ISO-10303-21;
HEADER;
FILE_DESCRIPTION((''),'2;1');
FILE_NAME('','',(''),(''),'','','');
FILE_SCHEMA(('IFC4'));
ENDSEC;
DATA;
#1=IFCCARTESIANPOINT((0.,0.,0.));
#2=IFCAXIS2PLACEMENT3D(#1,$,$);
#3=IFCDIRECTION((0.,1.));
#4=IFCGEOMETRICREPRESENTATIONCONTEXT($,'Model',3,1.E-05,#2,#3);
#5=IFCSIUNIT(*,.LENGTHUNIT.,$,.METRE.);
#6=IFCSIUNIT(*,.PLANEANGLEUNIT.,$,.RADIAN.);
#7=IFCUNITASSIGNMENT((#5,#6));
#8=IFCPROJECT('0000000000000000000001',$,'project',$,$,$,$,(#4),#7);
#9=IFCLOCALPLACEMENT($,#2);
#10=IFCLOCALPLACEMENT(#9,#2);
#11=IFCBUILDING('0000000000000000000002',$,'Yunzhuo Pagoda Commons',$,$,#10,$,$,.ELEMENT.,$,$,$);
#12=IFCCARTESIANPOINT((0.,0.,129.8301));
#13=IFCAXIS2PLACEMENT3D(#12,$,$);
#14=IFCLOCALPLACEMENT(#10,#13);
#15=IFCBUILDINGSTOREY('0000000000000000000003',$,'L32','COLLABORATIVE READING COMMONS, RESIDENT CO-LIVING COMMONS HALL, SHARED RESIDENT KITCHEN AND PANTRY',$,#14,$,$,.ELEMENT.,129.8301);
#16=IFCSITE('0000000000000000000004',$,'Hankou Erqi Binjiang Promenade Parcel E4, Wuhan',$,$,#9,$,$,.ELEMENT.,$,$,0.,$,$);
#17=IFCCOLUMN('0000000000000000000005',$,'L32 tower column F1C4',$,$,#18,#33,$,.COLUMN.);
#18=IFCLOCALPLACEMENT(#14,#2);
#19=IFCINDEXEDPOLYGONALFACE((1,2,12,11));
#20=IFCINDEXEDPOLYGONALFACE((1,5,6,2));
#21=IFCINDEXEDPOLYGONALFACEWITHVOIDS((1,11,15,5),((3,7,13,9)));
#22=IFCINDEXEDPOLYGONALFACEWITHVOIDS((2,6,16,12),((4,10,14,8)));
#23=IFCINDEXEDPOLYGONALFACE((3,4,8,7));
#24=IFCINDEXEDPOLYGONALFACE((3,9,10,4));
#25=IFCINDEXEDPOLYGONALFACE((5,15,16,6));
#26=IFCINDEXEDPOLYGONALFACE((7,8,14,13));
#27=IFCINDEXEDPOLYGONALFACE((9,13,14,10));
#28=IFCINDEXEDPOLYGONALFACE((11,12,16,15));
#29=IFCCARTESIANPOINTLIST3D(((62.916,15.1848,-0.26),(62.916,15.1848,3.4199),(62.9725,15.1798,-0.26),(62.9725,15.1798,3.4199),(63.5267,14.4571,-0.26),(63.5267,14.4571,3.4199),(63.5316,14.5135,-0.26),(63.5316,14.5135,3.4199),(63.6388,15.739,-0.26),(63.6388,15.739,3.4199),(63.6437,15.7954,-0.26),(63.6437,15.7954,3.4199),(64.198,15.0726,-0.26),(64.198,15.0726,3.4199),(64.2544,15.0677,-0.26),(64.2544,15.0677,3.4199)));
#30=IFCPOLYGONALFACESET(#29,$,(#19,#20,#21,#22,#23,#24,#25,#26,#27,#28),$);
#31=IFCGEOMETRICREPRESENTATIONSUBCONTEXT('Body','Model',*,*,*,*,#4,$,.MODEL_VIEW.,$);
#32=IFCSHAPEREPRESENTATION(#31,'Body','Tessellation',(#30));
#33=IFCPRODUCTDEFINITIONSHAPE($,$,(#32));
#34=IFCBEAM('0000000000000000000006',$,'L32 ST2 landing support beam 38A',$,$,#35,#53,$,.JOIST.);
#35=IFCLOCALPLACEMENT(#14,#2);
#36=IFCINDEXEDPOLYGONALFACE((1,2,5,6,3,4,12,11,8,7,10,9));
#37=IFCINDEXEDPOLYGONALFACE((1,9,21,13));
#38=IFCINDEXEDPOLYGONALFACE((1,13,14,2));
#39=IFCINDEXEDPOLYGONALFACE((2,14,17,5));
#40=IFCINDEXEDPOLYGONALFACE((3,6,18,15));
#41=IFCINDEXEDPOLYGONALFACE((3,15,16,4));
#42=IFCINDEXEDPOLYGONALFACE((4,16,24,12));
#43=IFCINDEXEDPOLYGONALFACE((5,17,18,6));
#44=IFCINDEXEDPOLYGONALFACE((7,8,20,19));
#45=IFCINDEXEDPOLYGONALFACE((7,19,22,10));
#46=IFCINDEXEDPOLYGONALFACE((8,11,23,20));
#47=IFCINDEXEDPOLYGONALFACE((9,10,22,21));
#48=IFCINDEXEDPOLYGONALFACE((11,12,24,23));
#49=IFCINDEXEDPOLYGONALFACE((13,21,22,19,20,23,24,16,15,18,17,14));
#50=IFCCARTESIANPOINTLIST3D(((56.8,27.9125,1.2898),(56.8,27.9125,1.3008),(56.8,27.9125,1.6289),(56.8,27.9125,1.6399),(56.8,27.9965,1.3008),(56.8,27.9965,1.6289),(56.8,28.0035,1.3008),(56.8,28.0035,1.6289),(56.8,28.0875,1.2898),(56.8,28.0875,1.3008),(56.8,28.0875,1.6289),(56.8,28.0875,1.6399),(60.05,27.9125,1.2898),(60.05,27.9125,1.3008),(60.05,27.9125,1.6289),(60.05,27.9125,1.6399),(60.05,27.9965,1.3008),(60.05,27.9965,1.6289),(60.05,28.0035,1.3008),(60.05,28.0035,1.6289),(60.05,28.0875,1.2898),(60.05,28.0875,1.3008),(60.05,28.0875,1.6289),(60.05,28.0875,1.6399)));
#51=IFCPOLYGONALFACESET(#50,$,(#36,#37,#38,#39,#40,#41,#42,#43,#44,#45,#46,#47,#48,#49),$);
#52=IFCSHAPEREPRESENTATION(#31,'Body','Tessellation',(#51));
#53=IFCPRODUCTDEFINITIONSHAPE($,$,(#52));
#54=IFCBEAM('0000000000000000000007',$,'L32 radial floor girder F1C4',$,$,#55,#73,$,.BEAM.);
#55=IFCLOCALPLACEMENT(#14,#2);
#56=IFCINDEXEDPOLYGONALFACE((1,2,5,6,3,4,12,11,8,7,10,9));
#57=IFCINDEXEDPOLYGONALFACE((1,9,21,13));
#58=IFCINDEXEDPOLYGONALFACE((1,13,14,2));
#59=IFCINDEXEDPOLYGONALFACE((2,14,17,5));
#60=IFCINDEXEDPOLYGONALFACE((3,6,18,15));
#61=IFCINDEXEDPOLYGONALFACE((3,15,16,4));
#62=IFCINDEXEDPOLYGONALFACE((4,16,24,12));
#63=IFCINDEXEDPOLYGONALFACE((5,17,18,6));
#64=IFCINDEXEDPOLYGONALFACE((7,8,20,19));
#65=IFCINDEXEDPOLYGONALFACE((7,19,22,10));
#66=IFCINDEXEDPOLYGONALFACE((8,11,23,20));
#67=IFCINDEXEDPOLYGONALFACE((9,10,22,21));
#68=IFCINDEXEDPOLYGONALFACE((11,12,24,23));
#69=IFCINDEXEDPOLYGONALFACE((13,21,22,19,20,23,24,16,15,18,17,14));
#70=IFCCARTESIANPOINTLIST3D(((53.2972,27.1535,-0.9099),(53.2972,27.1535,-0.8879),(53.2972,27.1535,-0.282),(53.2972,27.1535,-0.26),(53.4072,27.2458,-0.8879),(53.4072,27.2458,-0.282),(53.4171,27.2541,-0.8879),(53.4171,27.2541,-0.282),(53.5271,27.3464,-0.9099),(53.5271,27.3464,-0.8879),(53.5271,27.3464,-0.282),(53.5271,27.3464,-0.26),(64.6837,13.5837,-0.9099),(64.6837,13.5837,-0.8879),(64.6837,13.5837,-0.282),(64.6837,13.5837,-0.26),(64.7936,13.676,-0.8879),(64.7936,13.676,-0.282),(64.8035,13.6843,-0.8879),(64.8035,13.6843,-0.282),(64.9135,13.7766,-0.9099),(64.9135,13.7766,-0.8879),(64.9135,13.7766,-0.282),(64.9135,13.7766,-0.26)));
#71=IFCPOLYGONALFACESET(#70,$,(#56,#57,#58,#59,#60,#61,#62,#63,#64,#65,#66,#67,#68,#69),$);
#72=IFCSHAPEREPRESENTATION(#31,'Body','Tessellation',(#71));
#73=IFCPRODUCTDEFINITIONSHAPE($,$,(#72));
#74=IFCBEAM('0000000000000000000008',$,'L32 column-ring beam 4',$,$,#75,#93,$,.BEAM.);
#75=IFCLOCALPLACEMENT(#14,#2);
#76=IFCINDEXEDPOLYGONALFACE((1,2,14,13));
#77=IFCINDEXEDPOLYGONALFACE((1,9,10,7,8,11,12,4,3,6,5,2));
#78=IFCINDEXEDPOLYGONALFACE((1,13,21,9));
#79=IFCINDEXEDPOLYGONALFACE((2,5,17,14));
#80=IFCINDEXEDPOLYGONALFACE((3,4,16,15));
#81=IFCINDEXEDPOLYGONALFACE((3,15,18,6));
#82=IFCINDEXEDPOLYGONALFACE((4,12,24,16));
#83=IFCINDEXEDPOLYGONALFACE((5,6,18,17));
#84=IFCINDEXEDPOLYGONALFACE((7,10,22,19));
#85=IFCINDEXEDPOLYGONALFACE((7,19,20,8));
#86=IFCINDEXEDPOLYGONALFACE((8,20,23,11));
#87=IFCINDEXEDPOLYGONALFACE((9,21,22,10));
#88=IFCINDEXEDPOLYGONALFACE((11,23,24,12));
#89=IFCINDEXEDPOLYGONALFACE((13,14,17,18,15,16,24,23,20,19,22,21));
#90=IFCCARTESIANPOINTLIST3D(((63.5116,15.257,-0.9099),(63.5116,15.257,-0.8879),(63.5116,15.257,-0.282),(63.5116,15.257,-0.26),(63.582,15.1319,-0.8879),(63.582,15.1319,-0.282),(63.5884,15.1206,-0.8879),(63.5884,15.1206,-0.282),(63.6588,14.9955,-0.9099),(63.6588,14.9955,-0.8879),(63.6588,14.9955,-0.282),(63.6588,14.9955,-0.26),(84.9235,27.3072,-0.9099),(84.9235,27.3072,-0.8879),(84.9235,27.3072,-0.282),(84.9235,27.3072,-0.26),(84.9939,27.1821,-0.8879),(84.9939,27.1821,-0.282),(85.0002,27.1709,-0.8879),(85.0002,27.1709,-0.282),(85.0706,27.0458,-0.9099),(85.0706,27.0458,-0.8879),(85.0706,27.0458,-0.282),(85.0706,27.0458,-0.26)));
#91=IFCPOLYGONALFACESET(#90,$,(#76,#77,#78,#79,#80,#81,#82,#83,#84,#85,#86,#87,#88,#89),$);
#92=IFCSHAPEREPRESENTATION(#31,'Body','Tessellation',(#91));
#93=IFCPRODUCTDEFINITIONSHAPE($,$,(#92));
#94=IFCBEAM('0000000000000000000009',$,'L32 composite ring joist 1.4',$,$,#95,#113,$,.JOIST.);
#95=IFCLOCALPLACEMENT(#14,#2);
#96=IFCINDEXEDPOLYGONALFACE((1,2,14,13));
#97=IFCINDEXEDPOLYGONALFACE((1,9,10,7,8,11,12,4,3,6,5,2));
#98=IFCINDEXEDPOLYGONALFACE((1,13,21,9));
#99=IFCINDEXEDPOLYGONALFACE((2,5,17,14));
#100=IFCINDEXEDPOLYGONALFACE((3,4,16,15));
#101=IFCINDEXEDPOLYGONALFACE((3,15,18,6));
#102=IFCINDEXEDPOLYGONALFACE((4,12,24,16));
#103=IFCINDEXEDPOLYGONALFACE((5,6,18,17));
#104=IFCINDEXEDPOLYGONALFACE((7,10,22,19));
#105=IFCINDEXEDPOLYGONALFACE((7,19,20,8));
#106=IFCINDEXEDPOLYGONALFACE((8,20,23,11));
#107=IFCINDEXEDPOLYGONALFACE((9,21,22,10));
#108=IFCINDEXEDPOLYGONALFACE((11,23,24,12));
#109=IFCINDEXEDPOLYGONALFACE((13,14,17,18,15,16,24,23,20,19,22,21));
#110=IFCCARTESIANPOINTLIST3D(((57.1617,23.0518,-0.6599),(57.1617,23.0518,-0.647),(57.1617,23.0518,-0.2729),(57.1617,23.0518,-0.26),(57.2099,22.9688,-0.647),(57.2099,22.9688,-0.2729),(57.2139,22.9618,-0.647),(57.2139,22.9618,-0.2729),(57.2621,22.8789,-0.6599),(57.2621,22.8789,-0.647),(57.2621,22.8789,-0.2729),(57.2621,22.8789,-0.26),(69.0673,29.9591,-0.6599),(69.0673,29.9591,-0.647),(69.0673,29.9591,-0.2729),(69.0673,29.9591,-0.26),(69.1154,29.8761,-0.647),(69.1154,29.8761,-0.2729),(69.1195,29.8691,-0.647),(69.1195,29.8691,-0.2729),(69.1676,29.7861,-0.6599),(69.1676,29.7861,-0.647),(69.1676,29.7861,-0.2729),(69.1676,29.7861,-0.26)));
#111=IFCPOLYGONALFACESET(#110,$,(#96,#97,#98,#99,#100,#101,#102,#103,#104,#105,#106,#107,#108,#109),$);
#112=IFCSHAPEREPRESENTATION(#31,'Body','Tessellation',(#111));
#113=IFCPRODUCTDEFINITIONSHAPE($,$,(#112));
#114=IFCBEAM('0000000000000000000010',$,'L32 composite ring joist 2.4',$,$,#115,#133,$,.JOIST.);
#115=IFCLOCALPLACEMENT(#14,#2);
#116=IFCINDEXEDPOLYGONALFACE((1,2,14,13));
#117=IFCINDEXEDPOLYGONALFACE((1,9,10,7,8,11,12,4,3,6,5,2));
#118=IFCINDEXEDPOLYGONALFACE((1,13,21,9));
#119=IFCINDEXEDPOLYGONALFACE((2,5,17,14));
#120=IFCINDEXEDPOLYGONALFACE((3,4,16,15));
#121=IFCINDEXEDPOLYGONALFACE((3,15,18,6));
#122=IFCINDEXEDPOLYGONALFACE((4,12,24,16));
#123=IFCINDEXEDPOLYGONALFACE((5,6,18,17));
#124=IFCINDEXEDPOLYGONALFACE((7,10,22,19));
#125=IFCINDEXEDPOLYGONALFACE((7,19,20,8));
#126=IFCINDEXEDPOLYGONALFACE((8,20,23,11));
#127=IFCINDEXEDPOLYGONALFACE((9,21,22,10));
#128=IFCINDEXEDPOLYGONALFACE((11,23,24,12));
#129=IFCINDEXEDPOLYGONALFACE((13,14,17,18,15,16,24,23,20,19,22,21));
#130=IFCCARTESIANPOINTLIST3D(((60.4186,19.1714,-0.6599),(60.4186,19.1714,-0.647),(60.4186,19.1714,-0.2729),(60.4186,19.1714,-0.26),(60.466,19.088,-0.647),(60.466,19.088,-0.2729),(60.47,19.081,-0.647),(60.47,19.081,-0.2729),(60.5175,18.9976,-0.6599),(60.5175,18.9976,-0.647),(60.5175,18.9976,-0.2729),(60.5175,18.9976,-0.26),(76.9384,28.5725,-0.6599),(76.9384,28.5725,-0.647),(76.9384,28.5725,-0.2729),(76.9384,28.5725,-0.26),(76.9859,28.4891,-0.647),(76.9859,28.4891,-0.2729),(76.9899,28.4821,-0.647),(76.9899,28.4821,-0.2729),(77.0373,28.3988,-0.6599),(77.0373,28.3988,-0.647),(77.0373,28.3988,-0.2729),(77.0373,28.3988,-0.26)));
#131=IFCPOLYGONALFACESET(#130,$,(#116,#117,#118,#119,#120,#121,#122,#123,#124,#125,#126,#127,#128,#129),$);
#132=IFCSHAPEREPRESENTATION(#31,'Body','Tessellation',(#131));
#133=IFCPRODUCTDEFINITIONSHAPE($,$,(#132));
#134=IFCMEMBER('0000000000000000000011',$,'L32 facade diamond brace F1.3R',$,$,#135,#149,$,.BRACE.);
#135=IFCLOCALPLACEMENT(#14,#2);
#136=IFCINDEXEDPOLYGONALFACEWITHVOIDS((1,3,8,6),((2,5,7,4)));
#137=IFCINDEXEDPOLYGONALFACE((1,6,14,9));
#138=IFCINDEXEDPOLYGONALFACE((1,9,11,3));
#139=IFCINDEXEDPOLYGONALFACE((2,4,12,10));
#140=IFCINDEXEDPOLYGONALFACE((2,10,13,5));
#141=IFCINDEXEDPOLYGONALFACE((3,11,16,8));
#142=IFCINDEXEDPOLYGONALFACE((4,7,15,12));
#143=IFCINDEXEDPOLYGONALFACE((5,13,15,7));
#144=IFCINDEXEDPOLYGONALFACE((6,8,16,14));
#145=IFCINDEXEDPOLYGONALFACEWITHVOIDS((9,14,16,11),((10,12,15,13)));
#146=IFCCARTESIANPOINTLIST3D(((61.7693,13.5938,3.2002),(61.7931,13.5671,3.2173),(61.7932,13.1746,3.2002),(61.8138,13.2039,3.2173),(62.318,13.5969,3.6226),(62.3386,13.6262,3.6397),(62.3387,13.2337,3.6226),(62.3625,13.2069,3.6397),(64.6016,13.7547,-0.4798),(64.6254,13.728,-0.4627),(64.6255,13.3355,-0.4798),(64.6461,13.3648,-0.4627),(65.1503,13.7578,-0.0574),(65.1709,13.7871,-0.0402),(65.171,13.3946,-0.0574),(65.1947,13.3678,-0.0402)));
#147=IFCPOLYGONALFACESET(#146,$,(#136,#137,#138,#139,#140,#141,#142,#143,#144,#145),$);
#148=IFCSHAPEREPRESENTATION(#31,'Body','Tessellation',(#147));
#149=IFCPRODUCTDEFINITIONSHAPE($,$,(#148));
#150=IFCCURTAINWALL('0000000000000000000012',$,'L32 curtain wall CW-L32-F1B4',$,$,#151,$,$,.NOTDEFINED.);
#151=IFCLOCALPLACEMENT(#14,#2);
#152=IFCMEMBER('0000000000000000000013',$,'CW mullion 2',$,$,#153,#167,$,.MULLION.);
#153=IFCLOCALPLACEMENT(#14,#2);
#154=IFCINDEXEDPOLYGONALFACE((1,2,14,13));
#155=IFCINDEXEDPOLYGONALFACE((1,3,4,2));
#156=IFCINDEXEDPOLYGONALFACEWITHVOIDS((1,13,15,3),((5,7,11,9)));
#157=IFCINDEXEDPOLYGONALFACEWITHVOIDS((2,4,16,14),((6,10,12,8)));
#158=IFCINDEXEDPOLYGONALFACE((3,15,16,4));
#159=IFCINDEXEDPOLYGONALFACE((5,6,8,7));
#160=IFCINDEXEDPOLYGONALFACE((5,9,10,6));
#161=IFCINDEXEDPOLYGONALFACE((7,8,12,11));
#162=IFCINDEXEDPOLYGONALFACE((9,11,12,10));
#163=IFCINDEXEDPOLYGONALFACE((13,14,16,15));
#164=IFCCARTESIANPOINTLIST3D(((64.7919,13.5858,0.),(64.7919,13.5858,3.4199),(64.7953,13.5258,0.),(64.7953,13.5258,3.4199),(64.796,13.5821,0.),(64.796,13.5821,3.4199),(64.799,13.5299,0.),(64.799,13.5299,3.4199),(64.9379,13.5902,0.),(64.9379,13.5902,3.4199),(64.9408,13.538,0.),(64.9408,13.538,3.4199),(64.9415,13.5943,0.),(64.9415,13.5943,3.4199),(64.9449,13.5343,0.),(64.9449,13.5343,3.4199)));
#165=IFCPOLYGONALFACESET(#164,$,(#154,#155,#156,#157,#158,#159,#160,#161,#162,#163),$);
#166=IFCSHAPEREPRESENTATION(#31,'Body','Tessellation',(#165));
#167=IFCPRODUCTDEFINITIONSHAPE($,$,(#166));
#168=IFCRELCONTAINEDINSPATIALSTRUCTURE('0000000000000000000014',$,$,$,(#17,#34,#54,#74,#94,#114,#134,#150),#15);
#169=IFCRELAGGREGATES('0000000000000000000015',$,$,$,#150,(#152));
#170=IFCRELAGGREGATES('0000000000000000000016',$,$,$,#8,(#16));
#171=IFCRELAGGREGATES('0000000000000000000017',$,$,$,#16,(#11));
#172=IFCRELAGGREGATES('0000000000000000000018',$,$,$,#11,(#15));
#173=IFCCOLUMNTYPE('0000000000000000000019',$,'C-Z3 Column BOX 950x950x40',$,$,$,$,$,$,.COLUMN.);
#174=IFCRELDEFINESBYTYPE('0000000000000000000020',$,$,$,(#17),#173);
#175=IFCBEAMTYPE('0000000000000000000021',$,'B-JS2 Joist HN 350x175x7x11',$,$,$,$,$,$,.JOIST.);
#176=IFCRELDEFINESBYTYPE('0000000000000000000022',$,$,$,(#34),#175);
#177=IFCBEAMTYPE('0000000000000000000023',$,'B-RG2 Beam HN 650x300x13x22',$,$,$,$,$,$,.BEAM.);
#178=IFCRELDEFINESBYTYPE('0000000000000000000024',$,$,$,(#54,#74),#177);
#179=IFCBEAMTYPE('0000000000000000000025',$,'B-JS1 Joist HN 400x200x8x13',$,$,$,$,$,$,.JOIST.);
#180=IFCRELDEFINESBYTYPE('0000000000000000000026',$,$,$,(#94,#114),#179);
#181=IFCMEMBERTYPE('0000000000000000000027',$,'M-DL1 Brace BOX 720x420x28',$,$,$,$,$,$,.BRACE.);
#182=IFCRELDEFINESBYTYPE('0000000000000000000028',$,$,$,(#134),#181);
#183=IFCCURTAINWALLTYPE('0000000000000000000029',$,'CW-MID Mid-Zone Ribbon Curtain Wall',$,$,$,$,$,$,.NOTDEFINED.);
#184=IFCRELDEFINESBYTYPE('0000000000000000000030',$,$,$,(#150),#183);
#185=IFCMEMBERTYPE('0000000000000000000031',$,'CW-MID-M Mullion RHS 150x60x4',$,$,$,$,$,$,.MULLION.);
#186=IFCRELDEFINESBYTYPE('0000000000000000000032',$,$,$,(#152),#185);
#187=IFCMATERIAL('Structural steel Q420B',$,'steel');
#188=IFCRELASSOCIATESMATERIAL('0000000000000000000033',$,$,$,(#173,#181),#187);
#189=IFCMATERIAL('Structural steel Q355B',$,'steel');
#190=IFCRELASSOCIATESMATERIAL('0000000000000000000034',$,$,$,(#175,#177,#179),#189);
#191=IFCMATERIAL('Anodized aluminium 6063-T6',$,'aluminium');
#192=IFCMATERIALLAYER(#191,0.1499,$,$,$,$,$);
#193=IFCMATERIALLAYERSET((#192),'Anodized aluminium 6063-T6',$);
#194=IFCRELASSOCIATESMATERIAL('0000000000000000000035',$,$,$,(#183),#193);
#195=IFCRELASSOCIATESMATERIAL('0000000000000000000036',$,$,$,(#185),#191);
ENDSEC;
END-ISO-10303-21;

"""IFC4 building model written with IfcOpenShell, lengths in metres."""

from ifc_helpers import new_model, si_unit, direction, frame, origin, origin_2d, place, context, subcontext, project, spatial, hollow_rectangle, i_section, extrude, source, transform, mapped, material, layer, layer_set, material_profile, profile_set, type_object, element, aggregate, save


model = new_model("IFC4")

# Units and contexts
model_context = context("Model", 3, precision=1e-05, world=origin(), true_north=direction((0.0, 1.0)))
body_context = subcontext(model_context, "Body", "Model", "MODEL_VIEW")
ifc_project = project(units=[si_unit("LENGTHUNIT", "METRE"), si_unit("PLANEANGLEUNIT", "RADIAN")], contexts=[model_context])

# Site, building, storey
site_placement = place(None, origin())
site = spatial("IfcSite", under=ifc_project, at=site_placement, Name="Hankou Erqi Binjiang Promenade Parcel E4, Wuhan", CompositionType="ELEMENT", RefElevation=0.0)
building_placement = place(site_placement, origin())
building = spatial("IfcBuilding", under=site, at=building_placement, Name="Yunzhuo Pagoda Commons", CompositionType="ELEMENT")
storey_placement = place(building_placement, frame((0.0, 0.0, 129.8301)))
storey = spatial("IfcBuildingStorey", under=building, at=storey_placement, Name="L32", Description="COLLABORATIVE READING COMMONS, RESIDENT CO-LIVING COMMONS HALL, SHARED RESIDENT KITCHEN AND PANTRY", CompositionType="ELEMENT", Elevation=129.8301)

# Column
ifc_material_1 = material(Name="Structural steel Q420B", Category="steel")
ifc_material_profile_1 = material_profile(ifc_material_1, hollow_rectangle(XDim=0.95, YDim=0.95, WallThickness=0.04, at=origin_2d()), Name="Structural steel Q420B")
ifc_profile_set_1 = profile_set([ifc_material_profile_1], Name="Structural steel Q420B")
column_type = type_object("IfcColumnType", Name="C-Z3 Column BOX 950x950x40", PredefinedType="COLUMN", material=ifc_profile_set_1)
shared_shape_1 = source(origin(), body_context, "Body", "SweptSolid", [
    extrude(hollow_rectangle(XDim=0.95, YDim=0.95, WallThickness=0.04, at=origin_2d()), origin(), (0.0, 0.0, 1.0), 3.6799),
])
column_placement = place(storey_placement, frame((63.5852, 15.1262, -0.26), z_axis=(0.0, 0.0, 1.0), x_axis=(0.766044, 0.642788, 0.0)))
element("IfcColumn", 1, at=column_placement, inside=storey, type_object=column_type, Name="L32 tower column F1C4", PredefinedType="COLUMN", context=body_context, shape_type="MappedRepresentation", body=[
    mapped(shared_shape_1, transform((0.0, 0.0, 0.0), scale=1.0)),
])

# Beams
ifc_material_2 = material(Name="Structural steel Q355B", Category="steel")
ifc_material_profile_2 = material_profile(ifc_material_2, i_section(OverallWidth=0.175, OverallDepth=0.3501, WebThickness=0.0071, FlangeThickness=0.011, at=origin_2d()), Name="Structural steel Q355B")
ifc_profile_set_2 = profile_set([ifc_material_profile_2], Name="Structural steel Q355B")
beam_type_1 = type_object("IfcBeamType", Name="B-JS2 Joist HN 350x175x7x11", PredefinedType="JOIST", material=ifc_profile_set_2)
shared_shape_2 = source(origin(), body_context, "Body", "SweptSolid", [
    extrude(i_section(OverallWidth=0.175, OverallDepth=0.3501, WebThickness=0.0071, FlangeThickness=0.011, at=origin_2d()), origin(), (0.0, 0.0, 1.0), 3.25),
])
beam_1_placement = place(storey_placement, frame((56.8, 28.0, 1.4648), z_axis=(1.0, 0.0, 0.0), x_axis=(0.0, 1.0, 0.0)))
element("IfcBeam", 2, at=beam_1_placement, inside=storey, type_object=beam_type_1, Name="L32 ST2 landing support beam 38A", PredefinedType="JOIST", context=body_context, shape_type="MappedRepresentation", body=[
    mapped(shared_shape_2, transform((0.0, 0.0, 0.0), scale=1.0)),
])
ifc_material_profile_3 = material_profile(ifc_material_2, i_section(OverallWidth=0.3, OverallDepth=0.6499, WebThickness=0.0129, FlangeThickness=0.022, at=origin_2d()), Name="Structural steel Q355B")
ifc_profile_set_3 = profile_set([ifc_material_profile_3], Name="Structural steel Q355B")
beam_type_2 = type_object("IfcBeamType", Name="B-RG2 Beam HN 650x300x13x22", PredefinedType="BEAM", material=ifc_profile_set_3)
shared_shape_3 = source(origin(), body_context, "Body", "SweptSolid", [
    extrude(i_section(OverallWidth=0.3, OverallDepth=0.6499, WebThickness=0.0129, FlangeThickness=0.022, at=origin_2d()), origin(), (0.0, 0.0, 1.0), 17.7141),
])
beam_2_placement = place(storey_placement, frame((64.7986, 13.6802, -0.585), z_axis=(-0.642789, 0.766043, 0.0), x_axis=(-0.766043, -0.642789, 0.0)))
element("IfcBeam", 3, at=beam_2_placement, inside=storey, type_object=beam_type_2, Name="L32 radial floor girder F1C4", PredefinedType="BEAM", context=body_context, shape_type="MappedRepresentation", body=[
    mapped(shared_shape_3, transform((0.0, 0.0, 0.0), scale=1.0)),
])
shared_shape_4 = source(origin(), body_context, "Body", "SweptSolid", [
    extrude(i_section(OverallWidth=0.3, OverallDepth=0.6499, WebThickness=0.0129, FlangeThickness=0.022, at=origin_2d()), origin(), (0.0, 0.0, 1.0), 24.5698),
])
beam_3_placement = place(storey_placement, frame((63.5852, 15.1262, -0.585), z_axis=(0.871469, 0.49045, 0.0), x_axis=(-0.49045, 0.871469, 0.0)))
element("IfcBeam", 4, at=beam_3_placement, inside=storey, type_object=beam_type_2, Name="L32 column-ring beam 4", PredefinedType="BEAM", context=body_context, shape_type="MappedRepresentation", body=[
    mapped(shared_shape_4, transform((0.0, 0.0, 0.0), scale=1.0)),
])
ifc_material_profile_4 = material_profile(ifc_material_2, i_section(OverallWidth=0.2, OverallDepth=0.3999, WebThickness=0.0081, FlangeThickness=0.0129, at=origin_2d()), Name="Structural steel Q355B")
ifc_profile_set_4 = profile_set([ifc_material_profile_4], Name="Structural steel Q355B")
beam_type_3 = type_object("IfcBeamType", Name="B-JS1 Joist HN 400x200x8x13", PredefinedType="JOIST", material=ifc_profile_set_4)
shared_shape_5 = source(origin(), body_context, "Body", "SweptSolid", [
    extrude(i_section(OverallWidth=0.2, OverallDepth=0.3999, WebThickness=0.0081, FlangeThickness=0.0129, at=origin_2d()), origin(), (0.0, 0.0, 1.0), 13.7642),
])
beam_4_placement = place(storey_placement, frame((57.2119, 22.9653, -0.46), z_axis=(0.864967, 0.501828, 0.0), x_axis=(-0.501828, 0.864967, 0.0)))
element("IfcBeam", 5, at=beam_4_placement, inside=storey, type_object=beam_type_3, Name="L32 composite ring joist 1.4", PredefinedType="JOIST", context=body_context, shape_type="MappedRepresentation", body=[
    mapped(shared_shape_5, transform((0.0, 0.0, 0.0), scale=1.0)),
])
shared_shape_6 = source(origin(), body_context, "Body", "SweptSolid", [
    extrude(i_section(OverallWidth=0.2, OverallDepth=0.3999, WebThickness=0.0081, FlangeThickness=0.0129, at=origin_2d()), origin(), (0.0, 0.0, 1.0), 19.0076),
])
beam_5_placement = place(storey_placement, frame((60.468, 19.0845, -0.46), z_axis=(0.86912, 0.494601, 0.0), x_axis=(-0.494601, 0.86912, 0.0)))
element("IfcBeam", 6, at=beam_5_placement, inside=storey, type_object=beam_type_3, Name="L32 composite ring joist 2.4", PredefinedType="JOIST", context=body_context, shape_type="MappedRepresentation", body=[
    mapped(shared_shape_6, transform((0.0, 0.0, 0.0), scale=1.0)),
])

# Member
ifc_material_profile_5 = material_profile(ifc_material_1, hollow_rectangle(XDim=0.4199, YDim=0.72, WallThickness=0.0281, at=origin_2d()), Name="Structural steel Q420B")
ifc_profile_set_5 = profile_set([ifc_material_profile_5], Name="Structural steel Q420B")
member_type_1 = type_object("IfcMemberType", Name="M-DL1 Brace BOX 720x420x28", PredefinedType="BRACE", material=ifc_profile_set_5)
shared_shape_7 = source(origin(), body_context, "Body", "SweptSolid", [
    extrude(hollow_rectangle(XDim=0.4199, YDim=0.72, WallThickness=0.0281, at=origin_2d()), origin(), (0.0, 0.0, 1.0), 4.6465),
])
member_1_placement = place(storey_placement, frame((64.8982, 13.5613, -0.26), z_axis=(-0.609556, -0.034626, 0.791987), x_axis=(0.056714, -0.99839, 0.0)))
element("IfcMember", 7, at=member_1_placement, inside=storey, type_object=member_type_1, Name="L32 facade diamond brace F1.3R", PredefinedType="BRACE", context=body_context, shape_type="MappedRepresentation", body=[
    mapped(shared_shape_7, transform((0.0, 0.0, 0.0), scale=1.0)),
])

# Curtain wall, member
ifc_material_3 = material(Name="Anodized aluminium 6063-T6", Category="aluminium")
ifc_layer_1 = layer(ifc_material_3, 0.1499)
ifc_layer_set_1 = layer_set([ifc_layer_1], Name="Anodized aluminium 6063-T6")
curtain_wall_type = type_object("IfcCurtainWallType", Name="CW-MID Mid-Zone Ribbon Curtain Wall", PredefinedType="NOTDEFINED", material=ifc_layer_set_1)
curtain_wall_1_placement = place(storey_placement, origin())
curtain_wall_1 = element("IfcCurtainWall", 8, at=curtain_wall_1_placement, inside=storey, type_object=curtain_wall_type, Name="L32 curtain wall CW-L32-F1B4", PredefinedType="NOTDEFINED")
ifc_material_profile_6 = material_profile(ifc_material_3, hollow_rectangle(XDim=0.0601, YDim=0.1499, WallThickness=0.0039, at=origin_2d()), Name="Anodized aluminium 6063-T6")
ifc_profile_set_6 = profile_set([ifc_material_profile_6], Name="Anodized aluminium 6063-T6")
member_type_2 = type_object("IfcMemberType", Name="CW-MID-M Mullion RHS 150x60x4", PredefinedType="MULLION", material=ifc_profile_set_6)
shared_shape_8 = source(origin(), body_context, "Body", "SweptSolid", [
    extrude(hollow_rectangle(XDim=0.0601, YDim=0.1499, WallThickness=0.0039, at=origin_2d()), origin(), (0.0, 0.0, 1.0), 3.4199),
])
member_2_placement = place(storey_placement, frame((64.8684, 13.5601, 0.0), z_axis=(0.0, 0.0, 1.0), x_axis=(-0.056742, 0.998389, 0.0)))
member_2 = element("IfcMember", 9, at=member_2_placement, type_object=member_type_2, Name="CW mullion 2", PredefinedType="MULLION", context=body_context, shape_type="MappedRepresentation", body=[
    mapped(shared_shape_8, transform((0.0, 0.0, 0.0), scale=1.0)),
])

aggregate(curtain_wall_1, [member_2])

save(model, "model.ifc")
